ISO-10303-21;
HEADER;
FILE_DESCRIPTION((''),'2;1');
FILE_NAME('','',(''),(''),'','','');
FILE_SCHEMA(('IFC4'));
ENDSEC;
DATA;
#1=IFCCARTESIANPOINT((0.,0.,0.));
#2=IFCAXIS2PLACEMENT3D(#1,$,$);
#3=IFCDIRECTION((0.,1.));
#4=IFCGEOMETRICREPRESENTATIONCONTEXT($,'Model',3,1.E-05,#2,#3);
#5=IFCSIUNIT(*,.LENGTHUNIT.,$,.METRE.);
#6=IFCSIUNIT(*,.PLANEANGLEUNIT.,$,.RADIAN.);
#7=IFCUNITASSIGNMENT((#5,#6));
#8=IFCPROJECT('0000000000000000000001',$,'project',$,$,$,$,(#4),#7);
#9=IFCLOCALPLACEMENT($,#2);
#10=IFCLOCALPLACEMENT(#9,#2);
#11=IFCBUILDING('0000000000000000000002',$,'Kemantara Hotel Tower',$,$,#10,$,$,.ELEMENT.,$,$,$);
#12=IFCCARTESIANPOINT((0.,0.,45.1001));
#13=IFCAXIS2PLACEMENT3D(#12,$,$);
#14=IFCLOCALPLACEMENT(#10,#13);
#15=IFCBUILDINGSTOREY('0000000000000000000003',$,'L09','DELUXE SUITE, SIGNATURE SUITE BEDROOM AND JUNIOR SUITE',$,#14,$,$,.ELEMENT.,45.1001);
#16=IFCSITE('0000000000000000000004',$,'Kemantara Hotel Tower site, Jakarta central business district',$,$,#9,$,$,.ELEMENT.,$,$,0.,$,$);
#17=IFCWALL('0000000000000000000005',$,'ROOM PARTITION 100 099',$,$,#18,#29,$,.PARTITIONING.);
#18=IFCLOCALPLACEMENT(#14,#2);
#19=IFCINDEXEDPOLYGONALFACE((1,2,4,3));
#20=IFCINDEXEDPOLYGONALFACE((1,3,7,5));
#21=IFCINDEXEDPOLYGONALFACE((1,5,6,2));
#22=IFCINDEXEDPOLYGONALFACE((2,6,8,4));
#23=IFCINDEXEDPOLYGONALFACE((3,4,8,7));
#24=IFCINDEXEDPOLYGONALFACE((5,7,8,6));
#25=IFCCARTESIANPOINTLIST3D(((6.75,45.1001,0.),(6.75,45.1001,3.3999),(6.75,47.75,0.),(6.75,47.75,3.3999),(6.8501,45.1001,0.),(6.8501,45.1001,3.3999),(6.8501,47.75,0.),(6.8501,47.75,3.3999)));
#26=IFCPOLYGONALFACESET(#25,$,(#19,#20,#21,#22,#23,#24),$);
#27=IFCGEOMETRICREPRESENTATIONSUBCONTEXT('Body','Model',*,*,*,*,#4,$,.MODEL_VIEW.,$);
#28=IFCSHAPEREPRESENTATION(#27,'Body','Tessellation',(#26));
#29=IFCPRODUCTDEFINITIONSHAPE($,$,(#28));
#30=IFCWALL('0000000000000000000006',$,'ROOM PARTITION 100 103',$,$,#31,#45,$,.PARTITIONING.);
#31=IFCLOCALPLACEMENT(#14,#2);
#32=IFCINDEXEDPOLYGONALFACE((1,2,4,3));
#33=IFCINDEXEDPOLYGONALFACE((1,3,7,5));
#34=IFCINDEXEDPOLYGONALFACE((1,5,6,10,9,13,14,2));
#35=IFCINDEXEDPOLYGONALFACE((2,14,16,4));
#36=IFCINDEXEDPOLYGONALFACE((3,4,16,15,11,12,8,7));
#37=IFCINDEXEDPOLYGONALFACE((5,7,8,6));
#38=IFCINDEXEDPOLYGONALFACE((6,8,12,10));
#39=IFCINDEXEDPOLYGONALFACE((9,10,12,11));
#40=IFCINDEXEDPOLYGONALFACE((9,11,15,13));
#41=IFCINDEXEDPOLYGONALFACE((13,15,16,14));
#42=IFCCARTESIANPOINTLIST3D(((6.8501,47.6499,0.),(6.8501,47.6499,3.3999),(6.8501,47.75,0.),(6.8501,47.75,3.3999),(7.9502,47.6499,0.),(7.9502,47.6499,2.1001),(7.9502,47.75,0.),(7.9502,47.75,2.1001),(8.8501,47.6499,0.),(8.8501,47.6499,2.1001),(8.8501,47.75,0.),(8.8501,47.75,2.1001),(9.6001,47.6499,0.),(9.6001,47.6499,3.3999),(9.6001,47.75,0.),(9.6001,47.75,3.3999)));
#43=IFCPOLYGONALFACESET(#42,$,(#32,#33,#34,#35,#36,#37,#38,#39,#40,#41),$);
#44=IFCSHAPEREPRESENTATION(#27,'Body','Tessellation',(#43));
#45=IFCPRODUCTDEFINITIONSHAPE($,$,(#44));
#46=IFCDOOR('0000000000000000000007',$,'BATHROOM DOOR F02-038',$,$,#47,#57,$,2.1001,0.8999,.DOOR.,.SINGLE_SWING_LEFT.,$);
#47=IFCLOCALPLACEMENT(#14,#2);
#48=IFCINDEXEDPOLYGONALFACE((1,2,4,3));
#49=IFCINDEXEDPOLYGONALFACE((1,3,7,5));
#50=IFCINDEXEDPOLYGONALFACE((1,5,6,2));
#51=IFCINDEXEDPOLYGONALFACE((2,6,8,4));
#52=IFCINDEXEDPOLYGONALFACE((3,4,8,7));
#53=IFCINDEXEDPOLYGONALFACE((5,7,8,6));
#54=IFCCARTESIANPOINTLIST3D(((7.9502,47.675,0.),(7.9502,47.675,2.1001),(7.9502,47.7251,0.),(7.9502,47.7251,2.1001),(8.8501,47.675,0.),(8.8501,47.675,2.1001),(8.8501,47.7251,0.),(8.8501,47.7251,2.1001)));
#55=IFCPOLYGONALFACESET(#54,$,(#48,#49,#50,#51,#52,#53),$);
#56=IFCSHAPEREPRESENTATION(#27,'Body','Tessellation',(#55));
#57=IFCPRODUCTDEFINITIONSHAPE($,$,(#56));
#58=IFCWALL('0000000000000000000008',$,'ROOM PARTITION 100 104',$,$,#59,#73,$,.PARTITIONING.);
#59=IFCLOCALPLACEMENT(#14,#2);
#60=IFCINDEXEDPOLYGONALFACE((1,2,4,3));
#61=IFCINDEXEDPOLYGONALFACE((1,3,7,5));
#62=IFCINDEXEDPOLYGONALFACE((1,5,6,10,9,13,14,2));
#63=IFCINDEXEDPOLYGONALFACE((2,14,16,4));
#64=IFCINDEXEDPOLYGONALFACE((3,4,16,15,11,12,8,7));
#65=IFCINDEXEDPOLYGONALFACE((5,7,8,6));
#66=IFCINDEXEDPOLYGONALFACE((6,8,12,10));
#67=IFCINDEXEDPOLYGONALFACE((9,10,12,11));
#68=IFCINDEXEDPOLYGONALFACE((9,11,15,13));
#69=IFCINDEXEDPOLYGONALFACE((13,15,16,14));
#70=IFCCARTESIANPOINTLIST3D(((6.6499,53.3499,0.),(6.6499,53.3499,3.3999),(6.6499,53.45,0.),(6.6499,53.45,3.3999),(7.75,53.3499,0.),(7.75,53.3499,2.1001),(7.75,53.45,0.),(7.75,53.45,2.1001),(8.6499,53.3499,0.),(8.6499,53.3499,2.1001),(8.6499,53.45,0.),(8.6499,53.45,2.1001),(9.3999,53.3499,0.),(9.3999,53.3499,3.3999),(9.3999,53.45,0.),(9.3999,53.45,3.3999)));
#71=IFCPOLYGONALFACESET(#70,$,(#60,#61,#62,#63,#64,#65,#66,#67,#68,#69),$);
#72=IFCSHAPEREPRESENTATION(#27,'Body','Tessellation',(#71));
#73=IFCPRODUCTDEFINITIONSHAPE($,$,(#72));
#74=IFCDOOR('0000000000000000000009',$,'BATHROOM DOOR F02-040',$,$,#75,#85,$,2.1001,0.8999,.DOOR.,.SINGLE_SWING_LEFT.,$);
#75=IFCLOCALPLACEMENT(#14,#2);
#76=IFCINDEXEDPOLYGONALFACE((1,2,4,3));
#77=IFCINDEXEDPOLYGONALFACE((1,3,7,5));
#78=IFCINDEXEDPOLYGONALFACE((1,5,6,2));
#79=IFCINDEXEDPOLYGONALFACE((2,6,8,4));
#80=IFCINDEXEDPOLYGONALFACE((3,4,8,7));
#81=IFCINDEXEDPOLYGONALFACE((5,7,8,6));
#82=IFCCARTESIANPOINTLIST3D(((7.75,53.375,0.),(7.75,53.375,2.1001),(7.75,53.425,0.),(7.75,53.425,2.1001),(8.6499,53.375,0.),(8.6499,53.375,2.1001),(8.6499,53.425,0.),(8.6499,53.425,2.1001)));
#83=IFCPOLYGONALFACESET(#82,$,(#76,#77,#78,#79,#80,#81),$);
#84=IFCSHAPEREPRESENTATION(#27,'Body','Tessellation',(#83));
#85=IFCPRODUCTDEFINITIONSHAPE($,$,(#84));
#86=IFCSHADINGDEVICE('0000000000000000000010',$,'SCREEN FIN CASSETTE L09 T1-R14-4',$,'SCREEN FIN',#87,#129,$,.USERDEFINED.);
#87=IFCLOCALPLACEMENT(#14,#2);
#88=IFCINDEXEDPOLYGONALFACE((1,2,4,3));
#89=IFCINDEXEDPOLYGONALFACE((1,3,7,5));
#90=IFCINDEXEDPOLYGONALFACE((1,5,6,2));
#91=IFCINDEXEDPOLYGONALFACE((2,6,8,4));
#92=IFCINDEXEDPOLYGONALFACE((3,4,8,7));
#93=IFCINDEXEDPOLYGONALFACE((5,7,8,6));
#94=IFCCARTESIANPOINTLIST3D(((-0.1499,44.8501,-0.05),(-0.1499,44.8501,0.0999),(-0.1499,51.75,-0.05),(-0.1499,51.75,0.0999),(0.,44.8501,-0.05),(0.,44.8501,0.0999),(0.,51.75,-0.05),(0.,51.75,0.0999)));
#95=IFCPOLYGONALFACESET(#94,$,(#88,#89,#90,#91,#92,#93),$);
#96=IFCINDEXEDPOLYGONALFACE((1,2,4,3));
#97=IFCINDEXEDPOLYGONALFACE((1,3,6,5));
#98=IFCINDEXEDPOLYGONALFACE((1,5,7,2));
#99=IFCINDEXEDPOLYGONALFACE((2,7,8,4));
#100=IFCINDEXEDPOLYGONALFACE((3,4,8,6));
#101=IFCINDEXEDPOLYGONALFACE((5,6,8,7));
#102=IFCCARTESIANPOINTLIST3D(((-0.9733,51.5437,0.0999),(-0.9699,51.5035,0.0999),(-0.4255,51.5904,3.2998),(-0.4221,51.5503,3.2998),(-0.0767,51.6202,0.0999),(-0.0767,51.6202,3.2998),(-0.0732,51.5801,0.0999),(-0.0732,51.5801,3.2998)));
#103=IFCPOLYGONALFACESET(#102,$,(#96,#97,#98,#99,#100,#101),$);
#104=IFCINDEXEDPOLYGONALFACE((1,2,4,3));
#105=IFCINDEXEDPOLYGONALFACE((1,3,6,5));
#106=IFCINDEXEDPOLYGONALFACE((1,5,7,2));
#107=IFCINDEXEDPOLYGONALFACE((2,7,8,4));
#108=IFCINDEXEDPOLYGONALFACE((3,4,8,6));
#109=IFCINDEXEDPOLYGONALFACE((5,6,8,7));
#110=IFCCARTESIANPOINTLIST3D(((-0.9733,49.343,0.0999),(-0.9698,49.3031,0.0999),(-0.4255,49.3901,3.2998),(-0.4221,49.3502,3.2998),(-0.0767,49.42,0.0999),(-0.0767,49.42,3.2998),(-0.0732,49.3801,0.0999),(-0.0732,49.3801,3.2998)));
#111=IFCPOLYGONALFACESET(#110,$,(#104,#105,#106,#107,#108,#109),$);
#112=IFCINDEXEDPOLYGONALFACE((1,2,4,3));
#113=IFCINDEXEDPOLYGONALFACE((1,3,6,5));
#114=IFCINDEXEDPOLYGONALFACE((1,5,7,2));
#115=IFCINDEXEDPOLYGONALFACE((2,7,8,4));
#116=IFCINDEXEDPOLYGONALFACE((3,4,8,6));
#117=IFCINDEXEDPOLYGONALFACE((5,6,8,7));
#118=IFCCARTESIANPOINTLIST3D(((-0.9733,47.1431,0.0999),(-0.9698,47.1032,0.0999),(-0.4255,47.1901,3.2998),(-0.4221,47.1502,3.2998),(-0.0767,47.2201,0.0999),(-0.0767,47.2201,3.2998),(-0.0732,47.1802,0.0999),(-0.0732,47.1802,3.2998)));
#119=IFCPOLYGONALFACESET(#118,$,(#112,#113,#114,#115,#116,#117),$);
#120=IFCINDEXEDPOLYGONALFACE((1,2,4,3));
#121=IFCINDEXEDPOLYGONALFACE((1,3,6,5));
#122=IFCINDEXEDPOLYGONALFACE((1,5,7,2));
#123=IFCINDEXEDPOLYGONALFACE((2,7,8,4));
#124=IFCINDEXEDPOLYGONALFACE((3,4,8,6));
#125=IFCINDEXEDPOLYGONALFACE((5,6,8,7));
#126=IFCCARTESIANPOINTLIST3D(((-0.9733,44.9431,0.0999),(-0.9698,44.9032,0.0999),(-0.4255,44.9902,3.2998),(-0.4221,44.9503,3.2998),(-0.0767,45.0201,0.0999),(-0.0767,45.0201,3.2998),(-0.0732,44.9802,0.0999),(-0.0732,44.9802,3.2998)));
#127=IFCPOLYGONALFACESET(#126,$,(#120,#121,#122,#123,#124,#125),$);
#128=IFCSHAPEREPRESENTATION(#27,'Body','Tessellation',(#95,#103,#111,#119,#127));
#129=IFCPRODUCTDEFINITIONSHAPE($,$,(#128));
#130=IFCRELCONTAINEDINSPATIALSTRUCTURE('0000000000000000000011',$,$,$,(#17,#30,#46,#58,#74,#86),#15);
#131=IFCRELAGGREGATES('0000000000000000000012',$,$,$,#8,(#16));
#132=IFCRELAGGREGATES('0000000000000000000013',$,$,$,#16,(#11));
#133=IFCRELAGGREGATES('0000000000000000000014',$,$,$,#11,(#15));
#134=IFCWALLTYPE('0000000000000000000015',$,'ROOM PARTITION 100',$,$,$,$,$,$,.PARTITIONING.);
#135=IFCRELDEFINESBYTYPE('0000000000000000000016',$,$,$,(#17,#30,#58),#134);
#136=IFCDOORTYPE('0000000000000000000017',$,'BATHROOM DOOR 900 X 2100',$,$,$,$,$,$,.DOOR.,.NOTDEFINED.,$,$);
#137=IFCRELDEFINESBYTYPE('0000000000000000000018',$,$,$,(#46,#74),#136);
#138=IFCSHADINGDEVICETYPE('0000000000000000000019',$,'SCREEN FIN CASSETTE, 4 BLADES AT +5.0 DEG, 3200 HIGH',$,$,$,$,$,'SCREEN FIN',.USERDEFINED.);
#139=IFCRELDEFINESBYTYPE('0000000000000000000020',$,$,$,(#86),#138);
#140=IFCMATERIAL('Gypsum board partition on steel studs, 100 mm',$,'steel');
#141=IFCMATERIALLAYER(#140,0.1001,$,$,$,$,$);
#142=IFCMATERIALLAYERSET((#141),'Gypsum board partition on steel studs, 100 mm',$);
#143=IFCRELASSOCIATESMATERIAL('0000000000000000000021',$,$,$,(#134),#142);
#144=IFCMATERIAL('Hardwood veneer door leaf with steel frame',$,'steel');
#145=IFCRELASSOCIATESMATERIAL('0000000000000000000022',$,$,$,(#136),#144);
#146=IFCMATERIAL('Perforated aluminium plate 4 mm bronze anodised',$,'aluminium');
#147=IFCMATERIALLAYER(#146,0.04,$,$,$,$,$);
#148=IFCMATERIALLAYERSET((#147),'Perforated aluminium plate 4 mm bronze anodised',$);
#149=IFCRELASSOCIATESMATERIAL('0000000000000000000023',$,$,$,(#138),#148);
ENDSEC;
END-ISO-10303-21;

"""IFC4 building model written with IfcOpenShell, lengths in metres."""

from ifc_helpers import new_model, si_unit, direction, frame, frame_2d, origin, origin_2d, place, context, subcontext, project, spatial, polyline, rectangle, outline, extrude, source, transform, mapped, material, layer, layer_set, type_object, element, fill, save


model = new_model("IFC4")

# Units and contexts
model_context = context("Model", 3, precision=1e-05, world=origin(), true_north=direction((0.0, 1.0)))
body_context = subcontext(model_context, "Body", "Model", "MODEL_VIEW")
ifc_project = project(units=[si_unit("LENGTHUNIT", "METRE"), si_unit("PLANEANGLEUNIT", "RADIAN")], contexts=[model_context])

# Site, building, storey
site_placement = place(None, origin())
site = spatial("IfcSite", under=ifc_project, at=site_placement, Name="Kemantara Hotel Tower site, Jakarta central business district", CompositionType="ELEMENT", RefElevation=0.0)
building_placement = place(site_placement, origin())
building = spatial("IfcBuilding", under=site, at=building_placement, Name="Kemantara Hotel Tower", CompositionType="ELEMENT")
storey_placement = place(building_placement, frame((0.0, 0.0, 45.1001)))
storey = spatial("IfcBuildingStorey", under=building, at=storey_placement, Name="L09", Description="DELUXE SUITE, SIGNATURE SUITE BEDROOM AND JUNIOR SUITE", CompositionType="ELEMENT", Elevation=45.1001)

# Shared definitions
ifc_material_1 = material(Name="Hardwood veneer door leaf with steel frame", Category="steel")

# Wall
ifc_material_2 = material(Name="Gypsum board partition on steel studs, 100 mm", Category="steel")
ifc_layer_1 = layer(ifc_material_2, 0.1001)
ifc_layer_set_1 = layer_set([ifc_layer_1], Name="Gypsum board partition on steel studs, 100 mm")
wall_type_1 = type_object("IfcWallType", Name="ROOM PARTITION 100", PredefinedType="PARTITIONING", material=ifc_layer_set_1)
wall_1_placement = place(storey_placement, frame((6.8, 45.1001, 0.0), z_axis=(0.0, 0.0, 1.0), x_axis=(0.0, 1.0, 0.0)))
element("IfcWall", 1, at=wall_1_placement, inside=storey, type_object=wall_type_1, Name="ROOM PARTITION 100 099", PredefinedType="PARTITIONING", context=body_context, shape_type="SweptSolid", body=[
    extrude(rectangle(XDim=2.6499, YDim=0.1001, at=frame_2d((1.325, 0.0))), origin(), (0.0, 0.0, 1.0), 3.3999),
])

# Walls, openings, doors
wall_2_placement = place(storey_placement, frame((9.6001, 47.7, 0.0), z_axis=(0.0, 0.0, 1.0), x_axis=(-1.0, 0.0, 0.0)))
wall_2 = element("IfcWall", 2, at=wall_2_placement, inside=storey, type_object=wall_type_1, Name="ROOM PARTITION 100 103", PredefinedType="PARTITIONING", context=body_context, shape_type="SweptSolid", body=[
    extrude(rectangle(XDim=2.75, YDim=0.1001, at=frame_2d((1.375, 0.0))), origin(), (0.0, 0.0, 1.0), 3.3999),
])
opening_1_placement = place(wall_2_placement, frame((0.75, 0.0, 0.0)))
opening_1 = element("IfcOpeningElement", 3, at=opening_1_placement, cuts=wall_2, PredefinedType="OPENING", context=body_context, shape_type="SweptSolid", body=[
    extrude(rectangle(XDim=0.8999, YDim=2.1001, at=frame_2d((0.45, 1.05))), frame((0.0, 0.0601, 0.0), z_axis=(0.0, -1.0, 0.0), x_axis=(1.0, 0.0, 0.0)), (0.0, 0.0, 1.0), 0.1201),
])
door_type_1 = type_object("IfcDoorType", Name="BATHROOM DOOR 900 X 2100", OperationType="NOTDEFINED", PredefinedType="DOOR", material=ifc_material_1)
door_1_placement = place(opening_1_placement, origin())
door_1 = element("IfcDoor", 4, at=door_1_placement, inside=storey, type_object=door_type_1, Name="BATHROOM DOOR F02-038", OperationType="SINGLE_SWING_LEFT", OverallHeight=2.1001, OverallWidth=0.8999, PredefinedType="DOOR", context=body_context, shape_type="SweptSolid", body=[
    extrude(rectangle(XDim=0.8999, YDim=2.1001, at=frame_2d((0.45, 1.05))), frame((0.0, 0.0249, 0.0), z_axis=(0.0, -1.0, 0.0), x_axis=(1.0, 0.0, 0.0)), (0.0, 0.0, 1.0), 0.05),
])
fill(opening_1, door_1)
wall_3_placement = place(storey_placement, frame((9.3999, 53.3999, 0.0), z_axis=(0.0, 0.0, 1.0), x_axis=(-1.0, 0.0, 0.0)))
wall_3 = element("IfcWall", 5, at=wall_3_placement, inside=storey, type_object=wall_type_1, Name="ROOM PARTITION 100 104", PredefinedType="PARTITIONING", context=body_context, shape_type="SweptSolid", body=[
    extrude(rectangle(XDim=2.75, YDim=0.1001, at=frame_2d((1.375, 0.0))), origin(), (0.0, 0.0, 1.0), 3.3999),
])
opening_2_placement = place(wall_3_placement, frame((0.75, 0.0, 0.0)))
opening_2 = element("IfcOpeningElement", 6, at=opening_2_placement, cuts=wall_3, PredefinedType="OPENING", context=body_context, shape_type="SweptSolid", body=[
    extrude(rectangle(XDim=0.8999, YDim=2.1001, at=frame_2d((0.45, 1.05))), frame((0.0, 0.0601, 0.0), z_axis=(0.0, -1.0, 0.0), x_axis=(1.0, 0.0, 0.0)), (0.0, 0.0, 1.0), 0.1201),
])
door_2_placement = place(opening_2_placement, origin())
door_2 = element("IfcDoor", 7, at=door_2_placement, inside=storey, type_object=door_type_1, Name="BATHROOM DOOR F02-040", OperationType="SINGLE_SWING_LEFT", OverallHeight=2.1001, OverallWidth=0.8999, PredefinedType="DOOR", context=body_context, shape_type="SweptSolid", body=[
    extrude(rectangle(XDim=0.8999, YDim=2.1001, at=frame_2d((0.45, 1.05))), frame((0.0, 0.0249, 0.0), z_axis=(0.0, -1.0, 0.0), x_axis=(1.0, 0.0, 0.0)), (0.0, 0.0, 1.0), 0.05),
])
fill(opening_2, door_2)

# Shading device
ifc_material_3 = material(Name="Perforated aluminium plate 4 mm bronze anodised", Category="aluminium")
ifc_layer_2 = layer(ifc_material_3, 0.04)
ifc_layer_set_2 = layer_set([ifc_layer_2], Name="Perforated aluminium plate 4 mm bronze anodised")
shading_device_type = type_object("IfcShadingDeviceType", Name="SCREEN FIN CASSETTE, 4 BLADES AT +5.0 DEG, 3200 HIGH", ElementType="SCREEN FIN", PredefinedType="USERDEFINED", material=ifc_layer_set_2)
shared_shape = source(origin(), body_context, "Body", "SweptSolid", [
    extrude(rectangle(XDim=6.8999, YDim=0.1499, at=origin_2d()), frame((3.3, -0.075, -0.1499), z_axis=(0.0, 0.0, 1.0), x_axis=(1.0, 0.0, 0.0)), (0.0, 0.0, 1.0), 0.1499),
    extrude(outline(polyline([(0.0, 0.0), (0.8999, 0.0), (0.3501, 3.2), (0.0, 3.2), (0.0, 0.0)])), frame((0.02, -0.0732, 0.0), z_axis=(-0.996376, -0.085056, 0.0), x_axis=(0.085056, -0.996376, 0.0)), (0.0, 0.0, 1.0), 0.0403),
    extrude(outline(polyline([(0.0, 0.0), (0.8999, 0.0), (0.3501, 3.2), (0.0, 3.2), (0.0, 0.0)])), frame((2.22, -0.0732, 0.0), z_axis=(-0.996332, -0.085575, 0.0), x_axis=(0.085575, -0.996332, 0.0)), (0.0, 0.0, 1.0), 0.04),
    extrude(outline(polyline([(0.0, 0.0), (0.8999, 0.0), (0.3501, 3.2), (0.0, 3.2), (0.0, 0.0)])), frame((4.4199, -0.0732, 0.0), z_axis=(-0.996332, -0.085575, 0.0), x_axis=(0.085575, -0.996332, 0.0)), (0.0, 0.0, 1.0), 0.04),
    extrude(outline(polyline([(0.0, 0.0), (0.8999, 0.0), (0.3501, 3.2), (0.0, 3.2), (0.0, 0.0)])), frame((6.6199, -0.0732, 0.0), z_axis=(-0.996332, -0.085575, 0.0), x_axis=(0.085575, -0.996332, 0.0)), (0.0, 0.0, 1.0), 0.04),
])
shading_device_placement = place(storey_placement, frame((0.0, 51.6001, 0.0999), z_axis=(0.0, 0.0, 1.0), x_axis=(0.0, -1.0, 0.0)))
element("IfcShadingDevice", 8, at=shading_device_placement, inside=storey, type_object=shading_device_type, Name="SCREEN FIN CASSETTE L09 T1-R14-4", ObjectType="SCREEN FIN", PredefinedType="USERDEFINED", context=body_context, shape_type="MappedRepresentation", body=[
    mapped(shared_shape, transform((0.0, 0.0, 0.0))),
])

save(model, "model.ifc")
